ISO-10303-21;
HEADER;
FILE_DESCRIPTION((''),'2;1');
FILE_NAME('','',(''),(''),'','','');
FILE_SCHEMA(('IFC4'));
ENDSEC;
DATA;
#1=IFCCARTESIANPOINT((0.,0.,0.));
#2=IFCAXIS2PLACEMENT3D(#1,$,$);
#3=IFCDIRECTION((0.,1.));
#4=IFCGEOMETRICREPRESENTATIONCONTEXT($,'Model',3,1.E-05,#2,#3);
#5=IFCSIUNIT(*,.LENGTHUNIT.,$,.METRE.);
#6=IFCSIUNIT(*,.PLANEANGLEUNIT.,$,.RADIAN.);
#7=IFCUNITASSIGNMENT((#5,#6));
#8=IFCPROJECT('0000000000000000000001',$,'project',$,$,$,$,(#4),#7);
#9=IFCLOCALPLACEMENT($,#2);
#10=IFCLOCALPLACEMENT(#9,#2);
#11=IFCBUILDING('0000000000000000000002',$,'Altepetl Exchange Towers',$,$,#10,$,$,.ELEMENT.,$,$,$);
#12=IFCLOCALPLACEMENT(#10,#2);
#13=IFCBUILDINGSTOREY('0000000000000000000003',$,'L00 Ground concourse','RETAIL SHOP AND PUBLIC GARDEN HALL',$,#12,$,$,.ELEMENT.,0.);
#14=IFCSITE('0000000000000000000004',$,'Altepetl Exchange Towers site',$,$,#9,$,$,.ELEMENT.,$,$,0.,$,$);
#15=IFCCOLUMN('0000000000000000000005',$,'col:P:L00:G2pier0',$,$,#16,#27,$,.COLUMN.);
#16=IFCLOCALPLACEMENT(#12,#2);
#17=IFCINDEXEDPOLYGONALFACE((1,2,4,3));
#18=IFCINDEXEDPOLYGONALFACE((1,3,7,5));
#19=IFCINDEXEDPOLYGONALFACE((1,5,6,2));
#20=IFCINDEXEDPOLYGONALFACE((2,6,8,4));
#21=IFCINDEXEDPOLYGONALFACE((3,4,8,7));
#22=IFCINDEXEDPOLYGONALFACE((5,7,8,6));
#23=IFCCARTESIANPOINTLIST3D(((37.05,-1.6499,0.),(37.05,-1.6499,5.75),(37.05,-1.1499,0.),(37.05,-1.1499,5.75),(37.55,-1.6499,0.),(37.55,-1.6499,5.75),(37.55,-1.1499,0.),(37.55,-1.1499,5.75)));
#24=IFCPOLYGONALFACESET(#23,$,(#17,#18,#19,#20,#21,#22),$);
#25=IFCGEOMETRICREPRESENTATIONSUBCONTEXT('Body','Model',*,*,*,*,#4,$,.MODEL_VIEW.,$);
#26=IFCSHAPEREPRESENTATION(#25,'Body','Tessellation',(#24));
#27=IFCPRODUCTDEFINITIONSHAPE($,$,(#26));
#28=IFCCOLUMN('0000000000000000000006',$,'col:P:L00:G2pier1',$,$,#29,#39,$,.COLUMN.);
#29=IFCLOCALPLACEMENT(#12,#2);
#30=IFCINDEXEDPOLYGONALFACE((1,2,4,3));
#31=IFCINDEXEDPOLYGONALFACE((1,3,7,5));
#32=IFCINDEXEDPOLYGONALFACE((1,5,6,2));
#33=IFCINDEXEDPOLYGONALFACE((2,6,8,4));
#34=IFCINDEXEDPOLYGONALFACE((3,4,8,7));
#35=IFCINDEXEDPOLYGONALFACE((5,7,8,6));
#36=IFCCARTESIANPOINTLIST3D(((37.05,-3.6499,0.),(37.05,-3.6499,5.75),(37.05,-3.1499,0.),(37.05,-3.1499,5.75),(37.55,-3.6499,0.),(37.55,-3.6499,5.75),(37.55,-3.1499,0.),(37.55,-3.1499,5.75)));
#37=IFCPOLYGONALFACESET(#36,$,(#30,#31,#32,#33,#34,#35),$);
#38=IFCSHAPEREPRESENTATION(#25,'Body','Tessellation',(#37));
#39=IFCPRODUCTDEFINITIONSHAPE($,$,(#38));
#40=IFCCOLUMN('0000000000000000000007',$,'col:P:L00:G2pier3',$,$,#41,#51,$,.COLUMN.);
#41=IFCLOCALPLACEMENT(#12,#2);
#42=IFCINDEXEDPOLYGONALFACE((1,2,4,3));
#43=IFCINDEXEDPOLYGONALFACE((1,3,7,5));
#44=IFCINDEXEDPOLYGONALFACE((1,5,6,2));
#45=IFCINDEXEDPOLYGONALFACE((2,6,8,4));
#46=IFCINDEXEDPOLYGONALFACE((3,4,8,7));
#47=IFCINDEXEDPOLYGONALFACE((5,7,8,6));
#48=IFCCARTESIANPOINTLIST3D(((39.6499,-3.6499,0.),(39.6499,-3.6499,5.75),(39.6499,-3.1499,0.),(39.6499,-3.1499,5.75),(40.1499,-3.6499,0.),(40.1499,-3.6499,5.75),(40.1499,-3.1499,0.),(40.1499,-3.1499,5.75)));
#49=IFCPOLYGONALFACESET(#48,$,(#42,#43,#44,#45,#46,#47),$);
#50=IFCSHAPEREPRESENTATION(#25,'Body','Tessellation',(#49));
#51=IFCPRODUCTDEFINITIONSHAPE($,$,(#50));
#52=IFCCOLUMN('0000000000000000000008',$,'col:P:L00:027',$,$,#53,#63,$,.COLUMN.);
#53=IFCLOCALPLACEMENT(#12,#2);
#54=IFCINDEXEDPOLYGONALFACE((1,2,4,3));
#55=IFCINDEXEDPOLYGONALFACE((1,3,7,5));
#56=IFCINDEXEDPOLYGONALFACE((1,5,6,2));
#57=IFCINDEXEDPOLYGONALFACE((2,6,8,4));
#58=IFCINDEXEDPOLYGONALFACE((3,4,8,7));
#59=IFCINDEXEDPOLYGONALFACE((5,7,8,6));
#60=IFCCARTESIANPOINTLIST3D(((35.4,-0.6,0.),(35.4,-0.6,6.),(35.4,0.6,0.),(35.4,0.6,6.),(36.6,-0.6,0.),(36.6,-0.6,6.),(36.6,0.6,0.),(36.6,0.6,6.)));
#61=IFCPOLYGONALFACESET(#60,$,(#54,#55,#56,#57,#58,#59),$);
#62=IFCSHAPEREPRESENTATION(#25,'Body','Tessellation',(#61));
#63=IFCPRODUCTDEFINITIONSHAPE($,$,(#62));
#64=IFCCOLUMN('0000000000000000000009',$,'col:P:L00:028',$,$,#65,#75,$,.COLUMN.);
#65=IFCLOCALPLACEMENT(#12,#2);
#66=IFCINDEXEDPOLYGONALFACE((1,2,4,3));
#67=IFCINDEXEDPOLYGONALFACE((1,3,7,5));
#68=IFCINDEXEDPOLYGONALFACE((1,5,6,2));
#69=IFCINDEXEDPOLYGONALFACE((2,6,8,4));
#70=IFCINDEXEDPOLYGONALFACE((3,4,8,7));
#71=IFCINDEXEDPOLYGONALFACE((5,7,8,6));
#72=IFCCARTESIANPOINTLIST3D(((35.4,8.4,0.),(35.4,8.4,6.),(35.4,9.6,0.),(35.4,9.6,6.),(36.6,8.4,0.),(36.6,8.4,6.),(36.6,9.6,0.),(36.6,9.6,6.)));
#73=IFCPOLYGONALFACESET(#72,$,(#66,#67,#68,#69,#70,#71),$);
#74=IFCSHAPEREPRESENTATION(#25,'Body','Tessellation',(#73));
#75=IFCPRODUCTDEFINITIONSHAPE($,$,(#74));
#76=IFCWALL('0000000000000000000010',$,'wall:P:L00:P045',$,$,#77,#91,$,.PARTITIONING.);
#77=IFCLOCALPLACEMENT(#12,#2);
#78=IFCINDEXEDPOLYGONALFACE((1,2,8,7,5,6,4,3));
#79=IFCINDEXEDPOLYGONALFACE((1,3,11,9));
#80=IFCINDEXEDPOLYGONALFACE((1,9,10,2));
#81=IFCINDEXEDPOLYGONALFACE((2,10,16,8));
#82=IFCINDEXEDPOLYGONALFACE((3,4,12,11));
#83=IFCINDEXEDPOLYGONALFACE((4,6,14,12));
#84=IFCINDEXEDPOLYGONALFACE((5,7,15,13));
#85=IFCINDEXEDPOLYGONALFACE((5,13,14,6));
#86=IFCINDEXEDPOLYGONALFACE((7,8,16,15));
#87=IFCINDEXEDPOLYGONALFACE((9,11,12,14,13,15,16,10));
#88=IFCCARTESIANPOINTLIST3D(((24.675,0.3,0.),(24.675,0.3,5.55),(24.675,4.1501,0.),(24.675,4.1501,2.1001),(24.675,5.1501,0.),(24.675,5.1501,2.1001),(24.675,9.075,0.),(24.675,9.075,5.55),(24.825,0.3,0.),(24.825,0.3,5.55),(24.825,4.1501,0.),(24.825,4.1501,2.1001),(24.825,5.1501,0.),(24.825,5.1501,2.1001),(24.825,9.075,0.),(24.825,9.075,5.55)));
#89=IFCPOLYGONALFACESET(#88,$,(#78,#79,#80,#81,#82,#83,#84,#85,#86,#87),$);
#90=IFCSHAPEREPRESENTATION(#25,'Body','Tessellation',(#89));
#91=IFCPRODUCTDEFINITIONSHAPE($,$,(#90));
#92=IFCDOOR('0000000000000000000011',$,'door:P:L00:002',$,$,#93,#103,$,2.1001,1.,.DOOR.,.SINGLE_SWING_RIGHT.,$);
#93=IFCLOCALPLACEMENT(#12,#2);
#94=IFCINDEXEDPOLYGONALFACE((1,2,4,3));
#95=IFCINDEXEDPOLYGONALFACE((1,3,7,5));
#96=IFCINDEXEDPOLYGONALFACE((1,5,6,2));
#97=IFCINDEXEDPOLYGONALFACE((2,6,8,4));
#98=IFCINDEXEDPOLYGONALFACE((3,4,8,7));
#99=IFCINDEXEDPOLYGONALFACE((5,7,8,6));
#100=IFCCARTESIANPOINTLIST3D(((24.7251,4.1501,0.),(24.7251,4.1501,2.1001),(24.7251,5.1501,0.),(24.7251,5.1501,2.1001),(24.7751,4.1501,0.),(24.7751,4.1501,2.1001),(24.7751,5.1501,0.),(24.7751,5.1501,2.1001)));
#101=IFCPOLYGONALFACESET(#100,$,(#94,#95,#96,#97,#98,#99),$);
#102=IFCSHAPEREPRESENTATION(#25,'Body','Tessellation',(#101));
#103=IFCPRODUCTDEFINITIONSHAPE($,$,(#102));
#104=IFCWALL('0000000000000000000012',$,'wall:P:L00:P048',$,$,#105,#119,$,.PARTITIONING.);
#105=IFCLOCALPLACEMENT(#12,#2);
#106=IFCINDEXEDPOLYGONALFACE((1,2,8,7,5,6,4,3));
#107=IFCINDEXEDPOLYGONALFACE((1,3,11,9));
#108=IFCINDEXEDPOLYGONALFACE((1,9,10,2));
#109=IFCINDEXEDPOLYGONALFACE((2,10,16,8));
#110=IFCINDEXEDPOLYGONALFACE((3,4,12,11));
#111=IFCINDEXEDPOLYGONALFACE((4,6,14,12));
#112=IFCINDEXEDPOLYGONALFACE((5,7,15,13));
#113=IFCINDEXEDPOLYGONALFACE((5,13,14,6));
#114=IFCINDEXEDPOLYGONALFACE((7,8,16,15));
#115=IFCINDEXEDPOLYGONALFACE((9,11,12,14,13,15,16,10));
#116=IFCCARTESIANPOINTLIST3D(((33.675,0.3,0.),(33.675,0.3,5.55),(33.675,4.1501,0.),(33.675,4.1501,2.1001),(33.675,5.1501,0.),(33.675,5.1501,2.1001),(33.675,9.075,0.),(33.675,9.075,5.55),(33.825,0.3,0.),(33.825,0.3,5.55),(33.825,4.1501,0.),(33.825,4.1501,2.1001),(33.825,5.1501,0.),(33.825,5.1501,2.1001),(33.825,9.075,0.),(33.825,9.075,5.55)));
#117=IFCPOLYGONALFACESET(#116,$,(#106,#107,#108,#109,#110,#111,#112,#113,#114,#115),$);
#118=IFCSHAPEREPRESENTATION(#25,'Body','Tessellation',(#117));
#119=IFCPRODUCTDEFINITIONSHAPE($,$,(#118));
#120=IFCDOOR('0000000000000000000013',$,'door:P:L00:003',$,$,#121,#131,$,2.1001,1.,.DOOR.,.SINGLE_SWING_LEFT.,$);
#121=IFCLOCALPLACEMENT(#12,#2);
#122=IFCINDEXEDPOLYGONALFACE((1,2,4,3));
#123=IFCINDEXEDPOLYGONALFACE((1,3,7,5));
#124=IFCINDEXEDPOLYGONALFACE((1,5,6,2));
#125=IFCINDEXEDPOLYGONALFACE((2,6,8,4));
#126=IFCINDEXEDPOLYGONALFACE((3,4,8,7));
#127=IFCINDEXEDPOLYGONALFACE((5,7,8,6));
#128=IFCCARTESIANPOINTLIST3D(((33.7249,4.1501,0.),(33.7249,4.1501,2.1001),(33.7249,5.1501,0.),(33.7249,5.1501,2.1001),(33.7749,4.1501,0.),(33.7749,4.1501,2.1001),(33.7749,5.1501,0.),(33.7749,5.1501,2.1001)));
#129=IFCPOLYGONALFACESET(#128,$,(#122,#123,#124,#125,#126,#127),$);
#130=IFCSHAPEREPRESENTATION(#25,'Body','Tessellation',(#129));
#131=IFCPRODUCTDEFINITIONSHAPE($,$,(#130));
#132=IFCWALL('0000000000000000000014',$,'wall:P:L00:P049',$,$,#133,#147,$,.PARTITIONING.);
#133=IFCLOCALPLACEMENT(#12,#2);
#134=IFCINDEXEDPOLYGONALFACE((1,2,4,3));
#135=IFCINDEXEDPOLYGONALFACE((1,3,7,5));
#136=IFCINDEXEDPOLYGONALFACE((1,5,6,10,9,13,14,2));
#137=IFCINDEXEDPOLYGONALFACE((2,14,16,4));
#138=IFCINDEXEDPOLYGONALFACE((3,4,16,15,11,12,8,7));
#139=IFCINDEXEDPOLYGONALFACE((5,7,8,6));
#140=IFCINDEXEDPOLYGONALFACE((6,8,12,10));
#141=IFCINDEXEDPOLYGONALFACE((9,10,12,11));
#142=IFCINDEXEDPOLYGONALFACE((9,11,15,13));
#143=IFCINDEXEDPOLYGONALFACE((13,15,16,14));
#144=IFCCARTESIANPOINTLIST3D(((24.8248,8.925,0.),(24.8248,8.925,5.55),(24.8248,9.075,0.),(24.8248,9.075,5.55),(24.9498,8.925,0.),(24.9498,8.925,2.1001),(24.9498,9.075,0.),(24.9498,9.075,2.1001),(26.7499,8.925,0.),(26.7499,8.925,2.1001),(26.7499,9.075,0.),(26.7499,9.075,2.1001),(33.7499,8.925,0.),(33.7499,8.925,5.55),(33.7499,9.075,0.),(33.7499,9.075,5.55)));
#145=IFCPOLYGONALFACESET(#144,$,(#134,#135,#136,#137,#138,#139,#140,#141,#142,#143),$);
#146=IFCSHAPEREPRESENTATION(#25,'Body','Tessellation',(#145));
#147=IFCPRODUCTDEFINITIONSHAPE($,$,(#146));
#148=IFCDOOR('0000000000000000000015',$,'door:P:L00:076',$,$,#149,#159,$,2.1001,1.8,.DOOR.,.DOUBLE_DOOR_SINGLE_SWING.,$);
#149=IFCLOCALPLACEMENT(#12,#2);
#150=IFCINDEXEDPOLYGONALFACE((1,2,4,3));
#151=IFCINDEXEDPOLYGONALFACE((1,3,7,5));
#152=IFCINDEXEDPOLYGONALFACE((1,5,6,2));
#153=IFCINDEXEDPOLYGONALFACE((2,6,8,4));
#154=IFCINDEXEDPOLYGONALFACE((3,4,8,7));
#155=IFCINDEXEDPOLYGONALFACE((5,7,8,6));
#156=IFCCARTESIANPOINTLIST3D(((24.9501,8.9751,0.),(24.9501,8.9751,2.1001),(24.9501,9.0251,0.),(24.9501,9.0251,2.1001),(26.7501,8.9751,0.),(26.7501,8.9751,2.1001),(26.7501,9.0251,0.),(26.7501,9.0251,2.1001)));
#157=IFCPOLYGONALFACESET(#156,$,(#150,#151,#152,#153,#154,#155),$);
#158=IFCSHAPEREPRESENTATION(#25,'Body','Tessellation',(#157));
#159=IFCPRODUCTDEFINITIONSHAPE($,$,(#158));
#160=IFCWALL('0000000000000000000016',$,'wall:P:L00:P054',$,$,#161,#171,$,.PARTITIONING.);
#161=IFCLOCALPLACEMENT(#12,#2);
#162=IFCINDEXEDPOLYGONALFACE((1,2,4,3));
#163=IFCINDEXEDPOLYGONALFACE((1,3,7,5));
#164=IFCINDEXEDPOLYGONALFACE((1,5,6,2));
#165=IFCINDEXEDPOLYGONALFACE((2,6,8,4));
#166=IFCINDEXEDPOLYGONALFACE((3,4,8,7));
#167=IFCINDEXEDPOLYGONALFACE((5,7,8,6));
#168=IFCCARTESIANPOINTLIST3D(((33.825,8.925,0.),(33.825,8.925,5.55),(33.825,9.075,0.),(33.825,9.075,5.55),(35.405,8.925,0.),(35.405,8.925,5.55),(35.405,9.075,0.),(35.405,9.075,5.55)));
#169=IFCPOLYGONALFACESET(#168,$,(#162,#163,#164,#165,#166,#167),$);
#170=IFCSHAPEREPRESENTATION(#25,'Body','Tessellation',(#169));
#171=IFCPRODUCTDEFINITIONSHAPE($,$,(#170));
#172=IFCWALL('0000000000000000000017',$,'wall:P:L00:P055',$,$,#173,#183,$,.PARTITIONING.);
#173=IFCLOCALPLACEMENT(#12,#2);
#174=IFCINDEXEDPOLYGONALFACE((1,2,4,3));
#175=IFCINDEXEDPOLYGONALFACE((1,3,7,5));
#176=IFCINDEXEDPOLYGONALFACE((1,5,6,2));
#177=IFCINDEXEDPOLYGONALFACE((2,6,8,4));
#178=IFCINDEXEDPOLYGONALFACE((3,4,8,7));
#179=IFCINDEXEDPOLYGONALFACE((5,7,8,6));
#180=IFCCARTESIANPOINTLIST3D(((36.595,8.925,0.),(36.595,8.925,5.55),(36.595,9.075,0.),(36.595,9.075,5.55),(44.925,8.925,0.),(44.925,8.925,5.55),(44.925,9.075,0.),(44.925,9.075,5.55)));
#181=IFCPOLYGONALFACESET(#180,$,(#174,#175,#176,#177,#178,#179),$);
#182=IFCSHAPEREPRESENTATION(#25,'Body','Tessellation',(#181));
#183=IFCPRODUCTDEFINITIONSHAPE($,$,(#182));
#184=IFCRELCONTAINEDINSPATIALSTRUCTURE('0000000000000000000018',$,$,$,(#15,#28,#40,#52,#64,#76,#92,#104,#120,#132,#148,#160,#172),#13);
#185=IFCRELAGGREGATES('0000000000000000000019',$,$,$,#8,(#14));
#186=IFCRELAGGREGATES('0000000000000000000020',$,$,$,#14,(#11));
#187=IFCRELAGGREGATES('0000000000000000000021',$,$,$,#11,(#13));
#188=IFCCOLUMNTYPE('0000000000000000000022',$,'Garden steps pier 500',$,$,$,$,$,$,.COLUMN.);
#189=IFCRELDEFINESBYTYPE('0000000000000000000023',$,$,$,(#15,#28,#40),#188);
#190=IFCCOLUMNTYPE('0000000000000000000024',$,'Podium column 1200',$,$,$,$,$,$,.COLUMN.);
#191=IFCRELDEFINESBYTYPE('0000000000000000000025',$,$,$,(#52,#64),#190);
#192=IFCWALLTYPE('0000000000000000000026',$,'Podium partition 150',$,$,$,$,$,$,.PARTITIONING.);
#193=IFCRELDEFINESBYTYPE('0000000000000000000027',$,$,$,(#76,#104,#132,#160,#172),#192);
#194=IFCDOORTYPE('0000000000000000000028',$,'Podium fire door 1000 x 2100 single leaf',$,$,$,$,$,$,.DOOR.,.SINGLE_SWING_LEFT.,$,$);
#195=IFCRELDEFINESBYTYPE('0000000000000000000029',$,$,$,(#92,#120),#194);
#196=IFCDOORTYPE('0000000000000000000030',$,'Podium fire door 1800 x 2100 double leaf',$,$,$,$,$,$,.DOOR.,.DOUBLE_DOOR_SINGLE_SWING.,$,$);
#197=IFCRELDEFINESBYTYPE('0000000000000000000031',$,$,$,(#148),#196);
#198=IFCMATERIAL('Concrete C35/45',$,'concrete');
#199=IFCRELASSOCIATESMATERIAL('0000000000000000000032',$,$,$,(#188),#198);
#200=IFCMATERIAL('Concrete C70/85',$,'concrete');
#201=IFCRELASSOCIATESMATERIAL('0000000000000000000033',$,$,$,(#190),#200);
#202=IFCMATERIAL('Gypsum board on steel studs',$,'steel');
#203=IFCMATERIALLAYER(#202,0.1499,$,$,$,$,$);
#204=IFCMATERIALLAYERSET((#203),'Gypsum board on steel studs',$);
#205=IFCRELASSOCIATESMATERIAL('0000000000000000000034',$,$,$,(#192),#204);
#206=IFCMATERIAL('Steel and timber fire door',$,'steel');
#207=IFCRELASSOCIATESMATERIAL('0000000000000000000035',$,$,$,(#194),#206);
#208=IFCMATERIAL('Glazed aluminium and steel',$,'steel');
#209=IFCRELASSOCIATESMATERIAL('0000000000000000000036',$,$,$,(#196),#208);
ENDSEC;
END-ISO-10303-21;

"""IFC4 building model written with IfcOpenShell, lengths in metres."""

from ifc_helpers import new_model, si_unit, direction, frame, frame_2d, origin, origin_2d, place, context, subcontext, project, spatial, rectangle, extrude, material, layer, layer_set, material_profile, profile_set, type_object, element, fill, save


model = new_model("IFC4")

# Units and contexts
model_context = context("Model", 3, precision=1e-05, world=origin(), true_north=direction((0.0, 1.0)))
body_context = subcontext(model_context, "Body", "Model", "MODEL_VIEW")
ifc_project = project(units=[si_unit("LENGTHUNIT", "METRE"), si_unit("PLANEANGLEUNIT", "RADIAN")], contexts=[model_context])

# Site, building, storey
site_placement = place(None, origin())
site = spatial("IfcSite", under=ifc_project, at=site_placement, Name="Altepetl Exchange Towers site", CompositionType="ELEMENT", RefElevation=0.0)
building_placement = place(site_placement, origin())
building = spatial("IfcBuilding", under=site, at=building_placement, Name="Altepetl Exchange Towers", CompositionType="ELEMENT")
storey_placement = place(building_placement, origin())
storey = spatial("IfcBuildingStorey", under=building, at=storey_placement, Name="L00 Ground concourse", Description="RETAIL SHOP AND PUBLIC GARDEN HALL", CompositionType="ELEMENT", Elevation=0.0)

# Columns
ifc_material_1 = material(Name="Concrete C35/45", Category="concrete")
ifc_material_profile_1 = material_profile(ifc_material_1, rectangle(XDim=0.5, YDim=0.5, at=origin_2d()), Name="500 x 500")
ifc_profile_set_1 = profile_set([ifc_material_profile_1], Name="Concrete C35/45")
column_type_1 = type_object("IfcColumnType", Name="Garden steps pier 500", PredefinedType="COLUMN", material=ifc_profile_set_1)
for number, where, name in (
    (1, (37.3, -1.3999, 0.0), "col:P:L00:G2pier0"),
    (2, (37.3, -3.3999, 0.0), "col:P:L00:G2pier1"),
    (3, (39.8999, -3.3999, 0.0), "col:P:L00:G2pier3"),
):
    element("IfcColumn", number, at=place(storey_placement, frame(where)), inside=storey, type_object=column_type_1, Name=name, PredefinedType="COLUMN", context=body_context, shape_type="SweptSolid", body=[
        extrude(rectangle(XDim=0.5, YDim=0.5, at=origin_2d()), origin(), (0.0, 0.0, 1.0), 5.75),
    ])
ifc_material_2 = material(Name="Concrete C70/85", Category="concrete")
ifc_material_profile_2 = material_profile(ifc_material_2, rectangle(XDim=1.2, YDim=1.2, at=origin_2d()), Name="1200 x 1200")
ifc_profile_set_2 = profile_set([ifc_material_profile_2], Name="Concrete C70/85")
column_type_2 = type_object("IfcColumnType", Name="Podium column 1200", PredefinedType="COLUMN", material=ifc_profile_set_2)
for number, where, name in (
    (4, (36.0, 0.0, 0.0), "col:P:L00:027"),
    (5, (36.0, 9.0, 0.0), "col:P:L00:028"),
):
    element("IfcColumn", number, at=place(storey_placement, frame(where)), inside=storey, type_object=column_type_2, Name=name, PredefinedType="COLUMN", context=body_context, shape_type="SweptSolid", body=[
        extrude(rectangle(XDim=1.2, YDim=1.2, at=origin_2d()), origin(), (0.0, 0.0, 1.0), 6.0),
    ])

# Walls, openings, doors
ifc_material_3 = material(Name="Gypsum board on steel studs", Category="steel")
ifc_layer_1 = layer(ifc_material_3, 0.1499)
ifc_layer_set_1 = layer_set([ifc_layer_1], Name="Gypsum board on steel studs")
wall_type_1 = type_object("IfcWallType", Name="Podium partition 150", PredefinedType="PARTITIONING", material=ifc_layer_set_1)
wall_1_placement = place(storey_placement, frame((24.75, 0.3, 0.0), z_axis=(0.0, 0.0, 1.0), x_axis=(0.0, 1.0, 0.0)))
wall_1 = element("IfcWall", 6, at=wall_1_placement, inside=storey, type_object=wall_type_1, Name="wall:P:L00:P045", PredefinedType="PARTITIONING", context=body_context, shape_type="SweptSolid", body=[
    extrude(rectangle(XDim=8.7749, YDim=0.1499, at=frame_2d((4.3875, 0.0))), origin(), (0.0, 0.0, 1.0), 5.55),
])
opening_1_placement = place(wall_1_placement, frame((3.8501, 0.0, 0.0)))
opening_1 = element("IfcOpeningElement", 7, at=opening_1_placement, cuts=wall_1, PredefinedType="OPENING", context=body_context, shape_type="SweptSolid", body=[
    extrude(rectangle(XDim=1.0, YDim=2.1001, at=frame_2d((0.5, 1.05))), frame((0.0, 0.085, 0.0), z_axis=(0.0, -1.0, 0.0), x_axis=(1.0, 0.0, 0.0)), (0.0, 0.0, 1.0), 0.1699),
])
ifc_material_4 = material(Name="Steel and timber fire door", Category="steel")
door_type_1 = type_object("IfcDoorType", Name="Podium fire door 1000 x 2100 single leaf", OperationType="SINGLE_SWING_LEFT", PredefinedType="DOOR", material=ifc_material_4)
door_1_placement = place(opening_1_placement, origin())
door_1 = element("IfcDoor", 8, at=door_1_placement, inside=storey, type_object=door_type_1, Name="door:P:L00:002", OperationType="SINGLE_SWING_RIGHT", OverallHeight=2.1001, OverallWidth=1.0, PredefinedType="DOOR", context=body_context, shape_type="SweptSolid", body=[
    extrude(rectangle(XDim=1.0, YDim=2.1001, at=frame_2d((0.5, 1.05))), frame((0.0, 0.0249, 0.0), z_axis=(0.0, -1.0, 0.0), x_axis=(1.0, 0.0, 0.0)), (0.0, 0.0, 1.0), 0.05),
])
fill(opening_1, door_1)
wall_2_placement = place(storey_placement, frame((33.75, 0.3, 0.0), z_axis=(0.0, 0.0, 1.0), x_axis=(0.0, 1.0, 0.0)))
wall_2 = element("IfcWall", 9, at=wall_2_placement, inside=storey, type_object=wall_type_1, Name="wall:P:L00:P048", PredefinedType="PARTITIONING", context=body_context, shape_type="SweptSolid", body=[
    extrude(rectangle(XDim=8.7749, YDim=0.1499, at=frame_2d((4.3875, 0.0))), origin(), (0.0, 0.0, 1.0), 5.55),
])
opening_2_placement = place(wall_2_placement, frame((3.8501, 0.0, 0.0)))
opening_2 = element("IfcOpeningElement", 10, at=opening_2_placement, cuts=wall_2, PredefinedType="OPENING", context=body_context, shape_type="SweptSolid", body=[
    extrude(rectangle(XDim=1.0, YDim=2.1001, at=frame_2d((0.5, 1.05))), frame((0.0, 0.085, 0.0), z_axis=(0.0, -1.0, 0.0), x_axis=(1.0, 0.0, 0.0)), (0.0, 0.0, 1.0), 0.1699),
])
door_2_placement = place(opening_2_placement, frame((1.0, 0.0, 0.0), x_axis=(-1.0, 0.0, 0.0)))
door_2 = element("IfcDoor", 11, at=door_2_placement, inside=storey, type_object=door_type_1, Name="door:P:L00:003", OperationType="SINGLE_SWING_LEFT", OverallHeight=2.1001, OverallWidth=1.0, PredefinedType="DOOR", context=body_context, shape_type="SweptSolid", body=[
    extrude(rectangle(XDim=1.0, YDim=2.1001, at=frame_2d((0.5, 1.05))), frame((0.0, 0.0249, 0.0), z_axis=(0.0, -1.0, 0.0), x_axis=(1.0, 0.0, 0.0)), (0.0, 0.0, 1.0), 0.05),
])
fill(opening_2, door_2)
wall_3_placement = place(storey_placement, frame((24.825, 9.0, 0.0)))
wall_3 = element("IfcWall", 12, at=wall_3_placement, inside=storey, type_object=wall_type_1, Name="wall:P:L00:P049", PredefinedType="PARTITIONING", context=body_context, shape_type="SweptSolid", body=[
    extrude(rectangle(XDim=8.925, YDim=0.1499, at=frame_2d((4.4624, 0.0))), origin(), (0.0, 0.0, 1.0), 5.55),
])
opening_3_placement = place(wall_3_placement, frame((0.125, 0.0, 0.0)))
opening_3 = element("IfcOpeningElement", 13, at=opening_3_placement, cuts=wall_3, PredefinedType="OPENING", context=body_context, shape_type="SweptSolid", body=[
    extrude(rectangle(XDim=1.8, YDim=2.1001, at=frame_2d((0.8999, 1.05))), frame((0.0, 0.085, 0.0), z_axis=(0.0, -1.0, 0.0), x_axis=(1.0, 0.0, 0.0)), (0.0, 0.0, 1.0), 0.1699),
])
ifc_material_5 = material(Name="Glazed aluminium and steel", Category="steel")
door_type_2 = type_object("IfcDoorType", Name="Podium fire door 1800 x 2100 double leaf", OperationType="DOUBLE_DOOR_SINGLE_SWING", PredefinedType="DOOR", material=ifc_material_5)
door_3_placement = place(opening_3_placement, frame((1.8, 0.0, 0.0), x_axis=(-1.0, 0.0, 0.0)))
door_3 = element("IfcDoor", 14, at=door_3_placement, inside=storey, type_object=door_type_2, Name="door:P:L00:076", OperationType="DOUBLE_DOOR_SINGLE_SWING", OverallHeight=2.1001, OverallWidth=1.8, PredefinedType="DOOR", context=body_context, shape_type="SweptSolid", body=[
    extrude(rectangle(XDim=1.8, YDim=2.1001, at=frame_2d((0.8999, 1.05))), frame((0.0, 0.0249, 0.0), z_axis=(0.0, -1.0, 0.0), x_axis=(1.0, 0.0, 0.0)), (0.0, 0.0, 1.0), 0.05),
])
fill(opening_3, door_3)

# Walls
wall_4_placement = place(storey_placement, frame((33.825, 9.0, 0.0)))
element("IfcWall", 15, at=wall_4_placement, inside=storey, type_object=wall_type_1, Name="wall:P:L00:P054", PredefinedType="PARTITIONING", context=body_context, shape_type="SweptSolid", body=[
    extrude(rectangle(XDim=1.5801, YDim=0.1499, at=frame_2d((0.79, 0.0))), origin(), (0.0, 0.0, 1.0), 5.55),
])
wall_5_placement = place(storey_placement, frame((36.595, 9.0, 0.0)))
element("IfcWall", 16, at=wall_5_placement, inside=storey, type_object=wall_type_1, Name="wall:P:L00:P055", PredefinedType="PARTITIONING", context=body_context, shape_type="SweptSolid", body=[
    extrude(rectangle(XDim=8.3301, YDim=0.1499, at=frame_2d((4.165, 0.0))), origin(), (0.0, 0.0, 1.0), 5.55),
])

save(model, "model.ifc")
